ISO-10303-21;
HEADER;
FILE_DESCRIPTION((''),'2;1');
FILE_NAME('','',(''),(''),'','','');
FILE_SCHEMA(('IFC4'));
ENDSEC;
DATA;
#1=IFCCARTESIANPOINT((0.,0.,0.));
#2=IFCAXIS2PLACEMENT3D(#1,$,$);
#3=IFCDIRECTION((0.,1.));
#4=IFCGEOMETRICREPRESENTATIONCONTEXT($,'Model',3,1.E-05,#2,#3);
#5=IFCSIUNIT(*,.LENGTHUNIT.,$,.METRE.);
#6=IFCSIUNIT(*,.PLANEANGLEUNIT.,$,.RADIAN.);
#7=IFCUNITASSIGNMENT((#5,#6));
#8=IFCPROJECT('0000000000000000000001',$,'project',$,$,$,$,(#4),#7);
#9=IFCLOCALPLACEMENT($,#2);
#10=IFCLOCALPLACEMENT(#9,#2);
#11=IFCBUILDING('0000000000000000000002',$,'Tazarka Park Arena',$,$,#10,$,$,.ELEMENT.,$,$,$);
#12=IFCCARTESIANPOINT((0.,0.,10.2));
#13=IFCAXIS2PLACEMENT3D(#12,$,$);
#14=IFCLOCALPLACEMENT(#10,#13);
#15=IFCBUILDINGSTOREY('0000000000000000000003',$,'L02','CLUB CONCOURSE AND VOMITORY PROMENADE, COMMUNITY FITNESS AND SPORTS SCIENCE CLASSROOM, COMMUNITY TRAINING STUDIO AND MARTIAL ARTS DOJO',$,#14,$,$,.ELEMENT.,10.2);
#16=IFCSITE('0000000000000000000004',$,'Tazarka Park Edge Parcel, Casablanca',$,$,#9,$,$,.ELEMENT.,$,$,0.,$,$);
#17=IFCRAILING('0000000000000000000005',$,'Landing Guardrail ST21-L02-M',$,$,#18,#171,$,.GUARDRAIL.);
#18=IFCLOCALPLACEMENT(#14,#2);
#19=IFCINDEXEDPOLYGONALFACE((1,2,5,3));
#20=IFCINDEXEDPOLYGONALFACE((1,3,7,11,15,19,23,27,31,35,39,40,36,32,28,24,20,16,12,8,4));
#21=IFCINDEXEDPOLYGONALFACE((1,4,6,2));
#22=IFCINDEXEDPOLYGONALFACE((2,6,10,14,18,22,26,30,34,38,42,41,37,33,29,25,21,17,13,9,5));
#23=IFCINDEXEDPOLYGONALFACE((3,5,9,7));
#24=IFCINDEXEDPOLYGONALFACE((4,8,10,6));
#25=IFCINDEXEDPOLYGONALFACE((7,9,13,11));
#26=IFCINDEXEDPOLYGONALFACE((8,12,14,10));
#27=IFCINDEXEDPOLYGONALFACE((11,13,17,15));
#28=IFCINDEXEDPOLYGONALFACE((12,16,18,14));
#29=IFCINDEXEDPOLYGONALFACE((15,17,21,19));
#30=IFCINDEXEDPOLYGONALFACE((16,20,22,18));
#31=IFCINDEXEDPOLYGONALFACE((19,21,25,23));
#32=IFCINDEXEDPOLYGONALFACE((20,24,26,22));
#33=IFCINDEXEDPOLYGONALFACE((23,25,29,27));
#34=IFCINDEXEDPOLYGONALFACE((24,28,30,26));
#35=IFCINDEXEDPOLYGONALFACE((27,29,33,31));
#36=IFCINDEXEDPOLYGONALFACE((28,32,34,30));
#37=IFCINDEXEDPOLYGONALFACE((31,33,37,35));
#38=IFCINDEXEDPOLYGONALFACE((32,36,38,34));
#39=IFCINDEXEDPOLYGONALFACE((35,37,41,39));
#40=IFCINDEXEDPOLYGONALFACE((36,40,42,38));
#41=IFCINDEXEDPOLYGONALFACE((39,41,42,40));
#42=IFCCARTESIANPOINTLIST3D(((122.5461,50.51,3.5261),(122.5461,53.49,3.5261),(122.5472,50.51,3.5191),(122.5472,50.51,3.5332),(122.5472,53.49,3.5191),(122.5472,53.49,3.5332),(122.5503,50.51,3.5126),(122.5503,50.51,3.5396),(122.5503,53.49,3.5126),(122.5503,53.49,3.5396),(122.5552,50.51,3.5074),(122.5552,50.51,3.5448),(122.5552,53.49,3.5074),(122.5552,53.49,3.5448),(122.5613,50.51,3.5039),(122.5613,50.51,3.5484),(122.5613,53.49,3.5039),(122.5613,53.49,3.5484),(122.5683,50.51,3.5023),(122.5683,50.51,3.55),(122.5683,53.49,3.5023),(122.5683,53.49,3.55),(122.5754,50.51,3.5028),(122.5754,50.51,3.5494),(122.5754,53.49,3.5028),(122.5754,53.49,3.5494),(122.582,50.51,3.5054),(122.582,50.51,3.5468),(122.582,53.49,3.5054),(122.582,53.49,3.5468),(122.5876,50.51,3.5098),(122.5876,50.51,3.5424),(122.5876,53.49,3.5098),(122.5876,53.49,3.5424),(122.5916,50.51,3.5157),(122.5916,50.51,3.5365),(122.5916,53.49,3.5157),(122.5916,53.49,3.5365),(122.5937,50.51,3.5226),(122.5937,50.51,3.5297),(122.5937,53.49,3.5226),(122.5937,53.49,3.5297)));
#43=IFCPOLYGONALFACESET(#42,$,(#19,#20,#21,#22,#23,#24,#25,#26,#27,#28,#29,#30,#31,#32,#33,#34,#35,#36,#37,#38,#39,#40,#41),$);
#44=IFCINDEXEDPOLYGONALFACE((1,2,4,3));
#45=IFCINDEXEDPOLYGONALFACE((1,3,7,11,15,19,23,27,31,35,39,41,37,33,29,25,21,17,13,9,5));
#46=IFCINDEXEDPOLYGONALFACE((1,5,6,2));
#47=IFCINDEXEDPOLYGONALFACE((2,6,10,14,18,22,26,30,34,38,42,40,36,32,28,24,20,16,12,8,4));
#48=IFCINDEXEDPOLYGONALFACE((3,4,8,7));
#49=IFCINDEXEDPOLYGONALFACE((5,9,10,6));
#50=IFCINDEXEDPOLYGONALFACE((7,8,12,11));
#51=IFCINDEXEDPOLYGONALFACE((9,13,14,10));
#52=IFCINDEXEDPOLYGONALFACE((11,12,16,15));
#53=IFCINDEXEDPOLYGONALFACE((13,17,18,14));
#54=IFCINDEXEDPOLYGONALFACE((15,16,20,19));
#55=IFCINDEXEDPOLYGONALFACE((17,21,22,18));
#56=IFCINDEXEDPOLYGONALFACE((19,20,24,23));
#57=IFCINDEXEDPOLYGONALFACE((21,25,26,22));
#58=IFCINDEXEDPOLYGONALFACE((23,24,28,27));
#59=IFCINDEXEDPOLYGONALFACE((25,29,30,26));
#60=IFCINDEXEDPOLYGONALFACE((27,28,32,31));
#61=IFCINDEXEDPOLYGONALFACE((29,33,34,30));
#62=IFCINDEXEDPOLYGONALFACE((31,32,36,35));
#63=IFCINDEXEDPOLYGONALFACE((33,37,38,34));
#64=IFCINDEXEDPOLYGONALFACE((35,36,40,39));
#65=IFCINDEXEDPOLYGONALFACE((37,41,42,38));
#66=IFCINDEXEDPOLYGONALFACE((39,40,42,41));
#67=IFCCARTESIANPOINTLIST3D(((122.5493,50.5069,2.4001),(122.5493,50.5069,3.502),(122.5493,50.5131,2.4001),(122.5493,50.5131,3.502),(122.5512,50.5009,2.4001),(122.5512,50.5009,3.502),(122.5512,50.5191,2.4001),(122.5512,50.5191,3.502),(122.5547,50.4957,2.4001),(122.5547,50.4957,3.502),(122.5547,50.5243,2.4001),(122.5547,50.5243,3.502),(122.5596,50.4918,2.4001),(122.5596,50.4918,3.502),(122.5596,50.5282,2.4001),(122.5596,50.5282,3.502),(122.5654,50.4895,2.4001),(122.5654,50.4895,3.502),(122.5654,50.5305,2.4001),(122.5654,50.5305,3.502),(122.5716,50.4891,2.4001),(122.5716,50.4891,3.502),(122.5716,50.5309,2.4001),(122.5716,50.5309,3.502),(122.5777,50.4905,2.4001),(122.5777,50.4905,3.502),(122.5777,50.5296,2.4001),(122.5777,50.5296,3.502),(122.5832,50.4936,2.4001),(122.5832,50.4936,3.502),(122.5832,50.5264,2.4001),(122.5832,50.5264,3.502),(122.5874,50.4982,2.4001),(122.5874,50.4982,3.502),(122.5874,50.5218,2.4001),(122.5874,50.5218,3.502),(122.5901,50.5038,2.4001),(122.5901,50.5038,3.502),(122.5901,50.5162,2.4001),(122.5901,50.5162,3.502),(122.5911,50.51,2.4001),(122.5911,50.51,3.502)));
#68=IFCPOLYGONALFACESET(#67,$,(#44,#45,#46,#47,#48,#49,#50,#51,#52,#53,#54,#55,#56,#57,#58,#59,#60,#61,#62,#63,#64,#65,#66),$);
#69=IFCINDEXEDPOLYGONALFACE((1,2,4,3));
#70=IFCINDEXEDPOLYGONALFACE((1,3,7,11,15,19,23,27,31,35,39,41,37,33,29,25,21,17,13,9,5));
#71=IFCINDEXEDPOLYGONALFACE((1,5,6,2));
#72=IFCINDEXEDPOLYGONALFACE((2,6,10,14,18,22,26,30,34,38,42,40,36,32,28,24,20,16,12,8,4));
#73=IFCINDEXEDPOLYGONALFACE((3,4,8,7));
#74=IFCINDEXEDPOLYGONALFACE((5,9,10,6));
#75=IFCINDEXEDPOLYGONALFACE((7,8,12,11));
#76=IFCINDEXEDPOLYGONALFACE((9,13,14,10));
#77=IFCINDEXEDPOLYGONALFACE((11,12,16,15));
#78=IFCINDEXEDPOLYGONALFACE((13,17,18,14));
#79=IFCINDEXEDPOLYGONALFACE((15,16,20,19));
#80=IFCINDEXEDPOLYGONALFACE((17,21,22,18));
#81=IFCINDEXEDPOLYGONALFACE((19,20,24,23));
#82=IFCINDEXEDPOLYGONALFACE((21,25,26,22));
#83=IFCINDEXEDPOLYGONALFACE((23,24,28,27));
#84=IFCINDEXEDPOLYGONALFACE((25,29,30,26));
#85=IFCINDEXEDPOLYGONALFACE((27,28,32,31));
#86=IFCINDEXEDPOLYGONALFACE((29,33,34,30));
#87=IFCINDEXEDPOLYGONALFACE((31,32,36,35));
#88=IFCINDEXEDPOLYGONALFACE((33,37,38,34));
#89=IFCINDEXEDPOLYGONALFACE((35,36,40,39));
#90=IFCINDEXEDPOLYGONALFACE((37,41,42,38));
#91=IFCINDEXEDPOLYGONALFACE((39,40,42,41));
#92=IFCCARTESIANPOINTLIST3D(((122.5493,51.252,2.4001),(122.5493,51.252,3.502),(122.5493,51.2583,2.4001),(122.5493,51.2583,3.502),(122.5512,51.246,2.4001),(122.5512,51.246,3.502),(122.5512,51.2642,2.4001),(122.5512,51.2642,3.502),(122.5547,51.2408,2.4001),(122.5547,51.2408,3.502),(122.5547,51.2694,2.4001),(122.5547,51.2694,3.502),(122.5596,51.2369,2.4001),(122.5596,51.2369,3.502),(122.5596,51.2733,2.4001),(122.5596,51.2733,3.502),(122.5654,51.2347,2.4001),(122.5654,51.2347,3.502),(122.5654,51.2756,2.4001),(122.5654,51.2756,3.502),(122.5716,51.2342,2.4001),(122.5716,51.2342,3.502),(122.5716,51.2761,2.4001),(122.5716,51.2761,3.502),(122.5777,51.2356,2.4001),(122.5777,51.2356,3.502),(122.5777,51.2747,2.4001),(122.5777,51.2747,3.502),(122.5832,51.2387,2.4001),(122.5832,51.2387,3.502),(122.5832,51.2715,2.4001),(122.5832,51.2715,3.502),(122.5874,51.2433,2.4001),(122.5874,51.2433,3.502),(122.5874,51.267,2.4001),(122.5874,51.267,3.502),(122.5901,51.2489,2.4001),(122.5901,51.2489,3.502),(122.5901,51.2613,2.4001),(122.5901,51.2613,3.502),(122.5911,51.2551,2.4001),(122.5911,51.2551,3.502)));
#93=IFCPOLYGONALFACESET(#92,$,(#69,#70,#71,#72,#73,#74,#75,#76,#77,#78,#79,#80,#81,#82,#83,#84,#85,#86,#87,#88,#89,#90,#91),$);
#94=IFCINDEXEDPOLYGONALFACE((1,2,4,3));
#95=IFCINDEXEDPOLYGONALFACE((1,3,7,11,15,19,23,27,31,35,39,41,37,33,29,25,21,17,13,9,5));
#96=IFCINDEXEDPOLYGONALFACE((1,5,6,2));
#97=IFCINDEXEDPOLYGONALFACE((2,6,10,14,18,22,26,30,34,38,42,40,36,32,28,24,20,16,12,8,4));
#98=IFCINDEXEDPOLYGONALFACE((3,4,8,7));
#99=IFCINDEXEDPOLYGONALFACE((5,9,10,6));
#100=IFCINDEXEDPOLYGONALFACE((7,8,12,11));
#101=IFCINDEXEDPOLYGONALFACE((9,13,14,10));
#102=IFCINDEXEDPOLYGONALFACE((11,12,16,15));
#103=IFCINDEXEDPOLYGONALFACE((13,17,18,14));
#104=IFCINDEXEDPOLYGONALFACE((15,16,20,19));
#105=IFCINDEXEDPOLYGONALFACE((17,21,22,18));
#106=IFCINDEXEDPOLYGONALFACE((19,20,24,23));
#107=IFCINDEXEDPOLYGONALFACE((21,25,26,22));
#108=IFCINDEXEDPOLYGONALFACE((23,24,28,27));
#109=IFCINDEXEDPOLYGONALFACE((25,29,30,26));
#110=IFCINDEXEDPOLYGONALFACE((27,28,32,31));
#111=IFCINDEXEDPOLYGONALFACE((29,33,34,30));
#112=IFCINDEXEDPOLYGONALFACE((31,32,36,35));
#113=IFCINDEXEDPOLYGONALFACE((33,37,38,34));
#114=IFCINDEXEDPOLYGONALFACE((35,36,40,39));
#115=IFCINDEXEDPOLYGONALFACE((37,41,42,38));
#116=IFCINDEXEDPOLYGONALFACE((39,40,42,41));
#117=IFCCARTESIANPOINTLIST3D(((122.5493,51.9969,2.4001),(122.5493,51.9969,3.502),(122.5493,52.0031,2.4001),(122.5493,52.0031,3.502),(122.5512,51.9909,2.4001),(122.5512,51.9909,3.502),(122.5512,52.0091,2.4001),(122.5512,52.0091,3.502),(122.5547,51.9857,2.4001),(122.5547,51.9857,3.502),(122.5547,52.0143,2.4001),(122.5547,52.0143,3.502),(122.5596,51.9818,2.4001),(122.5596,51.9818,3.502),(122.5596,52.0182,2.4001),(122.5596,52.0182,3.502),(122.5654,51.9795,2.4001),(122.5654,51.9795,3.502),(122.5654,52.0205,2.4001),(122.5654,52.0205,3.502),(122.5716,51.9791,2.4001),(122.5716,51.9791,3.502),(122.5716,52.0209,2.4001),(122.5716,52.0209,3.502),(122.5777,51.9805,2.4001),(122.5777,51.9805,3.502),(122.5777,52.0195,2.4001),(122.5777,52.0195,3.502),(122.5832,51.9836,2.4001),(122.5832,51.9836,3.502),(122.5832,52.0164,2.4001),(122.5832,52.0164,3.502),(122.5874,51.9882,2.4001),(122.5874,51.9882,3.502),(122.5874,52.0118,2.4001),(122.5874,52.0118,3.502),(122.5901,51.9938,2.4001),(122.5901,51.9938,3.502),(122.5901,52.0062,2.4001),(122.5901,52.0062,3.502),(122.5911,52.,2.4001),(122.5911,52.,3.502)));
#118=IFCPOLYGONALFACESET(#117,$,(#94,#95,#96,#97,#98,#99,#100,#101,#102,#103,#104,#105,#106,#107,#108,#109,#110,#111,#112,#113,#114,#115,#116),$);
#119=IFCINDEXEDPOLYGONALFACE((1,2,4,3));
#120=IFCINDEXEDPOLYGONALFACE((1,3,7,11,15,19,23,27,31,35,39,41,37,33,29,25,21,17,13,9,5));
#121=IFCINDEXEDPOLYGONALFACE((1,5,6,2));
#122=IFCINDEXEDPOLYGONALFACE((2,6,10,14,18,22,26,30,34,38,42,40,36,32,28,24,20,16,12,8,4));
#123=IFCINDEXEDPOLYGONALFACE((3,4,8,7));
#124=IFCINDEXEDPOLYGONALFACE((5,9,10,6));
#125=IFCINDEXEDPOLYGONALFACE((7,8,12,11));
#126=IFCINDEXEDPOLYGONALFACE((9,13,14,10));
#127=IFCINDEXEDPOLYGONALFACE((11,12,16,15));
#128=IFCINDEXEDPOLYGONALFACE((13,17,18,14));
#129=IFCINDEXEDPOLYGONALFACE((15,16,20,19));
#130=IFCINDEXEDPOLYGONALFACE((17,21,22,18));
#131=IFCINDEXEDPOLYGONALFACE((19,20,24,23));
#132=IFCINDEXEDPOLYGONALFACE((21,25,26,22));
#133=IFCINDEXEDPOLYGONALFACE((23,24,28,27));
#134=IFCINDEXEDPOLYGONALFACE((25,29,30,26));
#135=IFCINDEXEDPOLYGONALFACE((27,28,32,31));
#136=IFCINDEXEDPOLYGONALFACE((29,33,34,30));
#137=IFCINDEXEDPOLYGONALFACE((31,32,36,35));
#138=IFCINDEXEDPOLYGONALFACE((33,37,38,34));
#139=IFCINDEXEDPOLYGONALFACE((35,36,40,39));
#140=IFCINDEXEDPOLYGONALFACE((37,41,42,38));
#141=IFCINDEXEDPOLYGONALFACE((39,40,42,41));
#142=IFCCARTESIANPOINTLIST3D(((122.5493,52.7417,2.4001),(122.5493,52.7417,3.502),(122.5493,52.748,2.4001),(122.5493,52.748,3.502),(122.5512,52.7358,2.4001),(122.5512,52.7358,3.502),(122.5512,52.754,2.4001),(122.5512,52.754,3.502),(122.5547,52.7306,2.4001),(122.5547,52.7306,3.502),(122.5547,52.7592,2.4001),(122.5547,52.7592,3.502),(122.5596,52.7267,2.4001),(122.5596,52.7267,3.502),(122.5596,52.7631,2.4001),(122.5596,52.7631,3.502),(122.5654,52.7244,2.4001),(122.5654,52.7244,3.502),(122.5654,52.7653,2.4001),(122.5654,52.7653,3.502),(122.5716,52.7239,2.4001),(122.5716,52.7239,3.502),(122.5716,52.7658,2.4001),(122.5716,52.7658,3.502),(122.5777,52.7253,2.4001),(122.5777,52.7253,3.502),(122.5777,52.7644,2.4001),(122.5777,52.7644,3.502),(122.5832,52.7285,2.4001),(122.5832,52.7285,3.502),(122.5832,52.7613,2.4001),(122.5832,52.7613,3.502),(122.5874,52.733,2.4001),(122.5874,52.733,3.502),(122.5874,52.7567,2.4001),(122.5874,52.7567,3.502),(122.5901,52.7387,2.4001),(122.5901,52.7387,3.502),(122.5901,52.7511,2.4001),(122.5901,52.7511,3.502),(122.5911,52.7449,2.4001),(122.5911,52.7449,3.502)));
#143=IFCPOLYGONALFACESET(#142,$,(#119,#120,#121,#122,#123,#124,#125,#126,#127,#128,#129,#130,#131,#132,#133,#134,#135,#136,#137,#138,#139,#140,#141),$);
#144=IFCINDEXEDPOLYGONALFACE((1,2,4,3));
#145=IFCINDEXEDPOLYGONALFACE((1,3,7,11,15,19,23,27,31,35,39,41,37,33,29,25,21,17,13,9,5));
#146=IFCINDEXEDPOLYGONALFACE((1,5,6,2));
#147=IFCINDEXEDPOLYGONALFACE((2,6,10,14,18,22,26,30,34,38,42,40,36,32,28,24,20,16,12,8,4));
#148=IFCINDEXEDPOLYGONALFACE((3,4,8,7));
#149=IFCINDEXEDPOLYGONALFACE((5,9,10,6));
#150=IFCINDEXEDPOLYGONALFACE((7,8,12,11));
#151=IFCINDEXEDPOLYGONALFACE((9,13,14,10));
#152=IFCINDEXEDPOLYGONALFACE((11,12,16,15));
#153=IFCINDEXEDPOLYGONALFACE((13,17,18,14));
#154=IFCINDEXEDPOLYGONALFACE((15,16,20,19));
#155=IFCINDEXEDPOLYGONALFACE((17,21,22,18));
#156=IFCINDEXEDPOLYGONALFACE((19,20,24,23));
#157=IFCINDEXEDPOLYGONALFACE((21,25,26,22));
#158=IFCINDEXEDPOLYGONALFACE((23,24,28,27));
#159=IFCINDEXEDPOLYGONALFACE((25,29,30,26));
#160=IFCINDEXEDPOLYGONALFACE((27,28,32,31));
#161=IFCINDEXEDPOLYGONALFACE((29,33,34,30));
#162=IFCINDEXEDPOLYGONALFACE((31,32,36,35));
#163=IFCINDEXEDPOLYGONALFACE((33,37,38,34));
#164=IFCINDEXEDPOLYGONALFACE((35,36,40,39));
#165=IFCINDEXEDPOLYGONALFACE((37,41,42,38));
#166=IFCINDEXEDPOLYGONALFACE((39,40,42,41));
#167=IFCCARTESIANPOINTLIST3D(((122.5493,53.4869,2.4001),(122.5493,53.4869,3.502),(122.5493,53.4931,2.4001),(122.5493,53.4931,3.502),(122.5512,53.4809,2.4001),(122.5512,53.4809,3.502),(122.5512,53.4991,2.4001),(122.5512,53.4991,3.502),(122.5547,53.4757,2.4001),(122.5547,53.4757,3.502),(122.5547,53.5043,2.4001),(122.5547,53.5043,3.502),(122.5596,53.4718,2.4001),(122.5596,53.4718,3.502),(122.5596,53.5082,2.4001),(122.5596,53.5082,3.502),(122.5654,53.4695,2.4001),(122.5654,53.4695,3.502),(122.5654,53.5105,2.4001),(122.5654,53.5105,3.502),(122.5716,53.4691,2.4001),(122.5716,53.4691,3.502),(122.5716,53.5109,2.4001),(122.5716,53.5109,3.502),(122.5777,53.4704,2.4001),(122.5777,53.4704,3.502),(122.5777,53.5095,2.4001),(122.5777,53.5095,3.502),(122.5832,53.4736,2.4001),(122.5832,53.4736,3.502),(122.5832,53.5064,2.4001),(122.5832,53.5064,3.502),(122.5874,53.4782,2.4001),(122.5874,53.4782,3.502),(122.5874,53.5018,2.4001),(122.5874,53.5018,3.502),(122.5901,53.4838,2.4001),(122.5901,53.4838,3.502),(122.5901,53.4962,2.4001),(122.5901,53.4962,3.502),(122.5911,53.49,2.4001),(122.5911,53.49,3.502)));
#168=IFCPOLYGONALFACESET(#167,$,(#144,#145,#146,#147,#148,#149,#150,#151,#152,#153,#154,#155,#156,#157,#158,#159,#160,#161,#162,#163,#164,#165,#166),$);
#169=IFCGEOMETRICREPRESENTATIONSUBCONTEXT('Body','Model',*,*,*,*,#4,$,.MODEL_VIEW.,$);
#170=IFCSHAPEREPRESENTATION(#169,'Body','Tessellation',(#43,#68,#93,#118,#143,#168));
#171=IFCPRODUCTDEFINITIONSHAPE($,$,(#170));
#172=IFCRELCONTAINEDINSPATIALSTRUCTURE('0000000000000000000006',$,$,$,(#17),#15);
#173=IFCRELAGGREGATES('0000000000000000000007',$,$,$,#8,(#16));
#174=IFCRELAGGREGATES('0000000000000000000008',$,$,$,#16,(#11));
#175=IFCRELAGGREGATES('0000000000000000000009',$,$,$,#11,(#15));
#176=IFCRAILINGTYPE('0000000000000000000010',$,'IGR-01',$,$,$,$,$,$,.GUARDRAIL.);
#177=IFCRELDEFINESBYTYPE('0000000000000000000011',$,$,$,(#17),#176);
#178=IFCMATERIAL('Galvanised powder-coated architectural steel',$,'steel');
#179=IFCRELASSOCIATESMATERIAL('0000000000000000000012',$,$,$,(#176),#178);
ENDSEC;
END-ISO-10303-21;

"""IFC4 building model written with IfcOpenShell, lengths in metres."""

from ifc_helpers import new_model, si_unit, direction, frame, origin, origin_2d, place, context, subcontext, project, spatial, circle, extrude, material, type_object, element, save


model = new_model("IFC4")

# Units and contexts
model_context = context("Model", 3, precision=1e-05, world=origin(), true_north=direction((0.0, 1.0)))
body_context = subcontext(model_context, "Body", "Model", "MODEL_VIEW")
ifc_project = project(units=[si_unit("LENGTHUNIT", "METRE"), si_unit("PLANEANGLEUNIT", "RADIAN")], contexts=[model_context])

# Site, building, storey
site_placement = place(None, origin())
site = spatial("IfcSite", under=ifc_project, at=site_placement, Name="Tazarka Park Edge Parcel, Casablanca", CompositionType="ELEMENT", RefElevation=0.0)
building_placement = place(site_placement, origin())
building = spatial("IfcBuilding", under=site, at=building_placement, Name="Tazarka Park Arena", CompositionType="ELEMENT")
storey_placement = place(building_placement, frame((0.0, 0.0, 10.2)))
storey = spatial("IfcBuildingStorey", under=building, at=storey_placement, Name="L02", Description="CLUB CONCOURSE AND VOMITORY PROMENADE, COMMUNITY FITNESS AND SPORTS SCIENCE CLASSROOM, COMMUNITY TRAINING STUDIO AND MARTIAL ARTS DOJO", CompositionType="ELEMENT", Elevation=10.2)

# Railing
ifc_material_1 = material(Name="Galvanised powder-coated architectural steel", Category="steel")
railing_type_1 = type_object("IfcRailingType", Name="IGR-01", PredefinedType="GUARDRAIL", material=ifc_material_1)
for number, where, name in (
    (1, (122.5701, 50.51, 2.4001), "Landing Guardrail ST21-L02-M"),
):
    element("IfcRailing", number, at=place(storey_placement, frame(where)), inside=storey, type_object=railing_type_1, Name=name, PredefinedType="GUARDRAIL", context=body_context, shape_type="SweptSolid", body=[
        extrude(circle(Radius=0.0239, at=origin_2d()), frame((0.0, 0.0, 1.126), z_axis=(0.0, 1.0, 0.0), x_axis=(-1.0, 0.0, 0.0)), (0.0, 0.0, 1.0), 2.98),
        extrude(circle(Radius=0.021, at=origin_2d()), origin(), (0.0, 0.0, 1.0), 1.1018),
        extrude(circle(Radius=0.021, at=origin_2d()), frame((0.0, 0.7451, 0.0)), (0.0, 0.0, 1.0), 1.1018),
        extrude(circle(Radius=0.021, at=origin_2d()), frame((0.0, 1.49, 0.0)), (0.0, 0.0, 1.0), 1.1018),
        extrude(circle(Radius=0.021, at=origin_2d()), frame((0.0, 2.2349, 0.0)), (0.0, 0.0, 1.0), 1.1018),
        extrude(circle(Radius=0.021, at=origin_2d()), frame((0.0, 2.98, 0.0)), (0.0, 0.0, 1.0), 1.1018),
    ])

save(model, "model.ifc")
